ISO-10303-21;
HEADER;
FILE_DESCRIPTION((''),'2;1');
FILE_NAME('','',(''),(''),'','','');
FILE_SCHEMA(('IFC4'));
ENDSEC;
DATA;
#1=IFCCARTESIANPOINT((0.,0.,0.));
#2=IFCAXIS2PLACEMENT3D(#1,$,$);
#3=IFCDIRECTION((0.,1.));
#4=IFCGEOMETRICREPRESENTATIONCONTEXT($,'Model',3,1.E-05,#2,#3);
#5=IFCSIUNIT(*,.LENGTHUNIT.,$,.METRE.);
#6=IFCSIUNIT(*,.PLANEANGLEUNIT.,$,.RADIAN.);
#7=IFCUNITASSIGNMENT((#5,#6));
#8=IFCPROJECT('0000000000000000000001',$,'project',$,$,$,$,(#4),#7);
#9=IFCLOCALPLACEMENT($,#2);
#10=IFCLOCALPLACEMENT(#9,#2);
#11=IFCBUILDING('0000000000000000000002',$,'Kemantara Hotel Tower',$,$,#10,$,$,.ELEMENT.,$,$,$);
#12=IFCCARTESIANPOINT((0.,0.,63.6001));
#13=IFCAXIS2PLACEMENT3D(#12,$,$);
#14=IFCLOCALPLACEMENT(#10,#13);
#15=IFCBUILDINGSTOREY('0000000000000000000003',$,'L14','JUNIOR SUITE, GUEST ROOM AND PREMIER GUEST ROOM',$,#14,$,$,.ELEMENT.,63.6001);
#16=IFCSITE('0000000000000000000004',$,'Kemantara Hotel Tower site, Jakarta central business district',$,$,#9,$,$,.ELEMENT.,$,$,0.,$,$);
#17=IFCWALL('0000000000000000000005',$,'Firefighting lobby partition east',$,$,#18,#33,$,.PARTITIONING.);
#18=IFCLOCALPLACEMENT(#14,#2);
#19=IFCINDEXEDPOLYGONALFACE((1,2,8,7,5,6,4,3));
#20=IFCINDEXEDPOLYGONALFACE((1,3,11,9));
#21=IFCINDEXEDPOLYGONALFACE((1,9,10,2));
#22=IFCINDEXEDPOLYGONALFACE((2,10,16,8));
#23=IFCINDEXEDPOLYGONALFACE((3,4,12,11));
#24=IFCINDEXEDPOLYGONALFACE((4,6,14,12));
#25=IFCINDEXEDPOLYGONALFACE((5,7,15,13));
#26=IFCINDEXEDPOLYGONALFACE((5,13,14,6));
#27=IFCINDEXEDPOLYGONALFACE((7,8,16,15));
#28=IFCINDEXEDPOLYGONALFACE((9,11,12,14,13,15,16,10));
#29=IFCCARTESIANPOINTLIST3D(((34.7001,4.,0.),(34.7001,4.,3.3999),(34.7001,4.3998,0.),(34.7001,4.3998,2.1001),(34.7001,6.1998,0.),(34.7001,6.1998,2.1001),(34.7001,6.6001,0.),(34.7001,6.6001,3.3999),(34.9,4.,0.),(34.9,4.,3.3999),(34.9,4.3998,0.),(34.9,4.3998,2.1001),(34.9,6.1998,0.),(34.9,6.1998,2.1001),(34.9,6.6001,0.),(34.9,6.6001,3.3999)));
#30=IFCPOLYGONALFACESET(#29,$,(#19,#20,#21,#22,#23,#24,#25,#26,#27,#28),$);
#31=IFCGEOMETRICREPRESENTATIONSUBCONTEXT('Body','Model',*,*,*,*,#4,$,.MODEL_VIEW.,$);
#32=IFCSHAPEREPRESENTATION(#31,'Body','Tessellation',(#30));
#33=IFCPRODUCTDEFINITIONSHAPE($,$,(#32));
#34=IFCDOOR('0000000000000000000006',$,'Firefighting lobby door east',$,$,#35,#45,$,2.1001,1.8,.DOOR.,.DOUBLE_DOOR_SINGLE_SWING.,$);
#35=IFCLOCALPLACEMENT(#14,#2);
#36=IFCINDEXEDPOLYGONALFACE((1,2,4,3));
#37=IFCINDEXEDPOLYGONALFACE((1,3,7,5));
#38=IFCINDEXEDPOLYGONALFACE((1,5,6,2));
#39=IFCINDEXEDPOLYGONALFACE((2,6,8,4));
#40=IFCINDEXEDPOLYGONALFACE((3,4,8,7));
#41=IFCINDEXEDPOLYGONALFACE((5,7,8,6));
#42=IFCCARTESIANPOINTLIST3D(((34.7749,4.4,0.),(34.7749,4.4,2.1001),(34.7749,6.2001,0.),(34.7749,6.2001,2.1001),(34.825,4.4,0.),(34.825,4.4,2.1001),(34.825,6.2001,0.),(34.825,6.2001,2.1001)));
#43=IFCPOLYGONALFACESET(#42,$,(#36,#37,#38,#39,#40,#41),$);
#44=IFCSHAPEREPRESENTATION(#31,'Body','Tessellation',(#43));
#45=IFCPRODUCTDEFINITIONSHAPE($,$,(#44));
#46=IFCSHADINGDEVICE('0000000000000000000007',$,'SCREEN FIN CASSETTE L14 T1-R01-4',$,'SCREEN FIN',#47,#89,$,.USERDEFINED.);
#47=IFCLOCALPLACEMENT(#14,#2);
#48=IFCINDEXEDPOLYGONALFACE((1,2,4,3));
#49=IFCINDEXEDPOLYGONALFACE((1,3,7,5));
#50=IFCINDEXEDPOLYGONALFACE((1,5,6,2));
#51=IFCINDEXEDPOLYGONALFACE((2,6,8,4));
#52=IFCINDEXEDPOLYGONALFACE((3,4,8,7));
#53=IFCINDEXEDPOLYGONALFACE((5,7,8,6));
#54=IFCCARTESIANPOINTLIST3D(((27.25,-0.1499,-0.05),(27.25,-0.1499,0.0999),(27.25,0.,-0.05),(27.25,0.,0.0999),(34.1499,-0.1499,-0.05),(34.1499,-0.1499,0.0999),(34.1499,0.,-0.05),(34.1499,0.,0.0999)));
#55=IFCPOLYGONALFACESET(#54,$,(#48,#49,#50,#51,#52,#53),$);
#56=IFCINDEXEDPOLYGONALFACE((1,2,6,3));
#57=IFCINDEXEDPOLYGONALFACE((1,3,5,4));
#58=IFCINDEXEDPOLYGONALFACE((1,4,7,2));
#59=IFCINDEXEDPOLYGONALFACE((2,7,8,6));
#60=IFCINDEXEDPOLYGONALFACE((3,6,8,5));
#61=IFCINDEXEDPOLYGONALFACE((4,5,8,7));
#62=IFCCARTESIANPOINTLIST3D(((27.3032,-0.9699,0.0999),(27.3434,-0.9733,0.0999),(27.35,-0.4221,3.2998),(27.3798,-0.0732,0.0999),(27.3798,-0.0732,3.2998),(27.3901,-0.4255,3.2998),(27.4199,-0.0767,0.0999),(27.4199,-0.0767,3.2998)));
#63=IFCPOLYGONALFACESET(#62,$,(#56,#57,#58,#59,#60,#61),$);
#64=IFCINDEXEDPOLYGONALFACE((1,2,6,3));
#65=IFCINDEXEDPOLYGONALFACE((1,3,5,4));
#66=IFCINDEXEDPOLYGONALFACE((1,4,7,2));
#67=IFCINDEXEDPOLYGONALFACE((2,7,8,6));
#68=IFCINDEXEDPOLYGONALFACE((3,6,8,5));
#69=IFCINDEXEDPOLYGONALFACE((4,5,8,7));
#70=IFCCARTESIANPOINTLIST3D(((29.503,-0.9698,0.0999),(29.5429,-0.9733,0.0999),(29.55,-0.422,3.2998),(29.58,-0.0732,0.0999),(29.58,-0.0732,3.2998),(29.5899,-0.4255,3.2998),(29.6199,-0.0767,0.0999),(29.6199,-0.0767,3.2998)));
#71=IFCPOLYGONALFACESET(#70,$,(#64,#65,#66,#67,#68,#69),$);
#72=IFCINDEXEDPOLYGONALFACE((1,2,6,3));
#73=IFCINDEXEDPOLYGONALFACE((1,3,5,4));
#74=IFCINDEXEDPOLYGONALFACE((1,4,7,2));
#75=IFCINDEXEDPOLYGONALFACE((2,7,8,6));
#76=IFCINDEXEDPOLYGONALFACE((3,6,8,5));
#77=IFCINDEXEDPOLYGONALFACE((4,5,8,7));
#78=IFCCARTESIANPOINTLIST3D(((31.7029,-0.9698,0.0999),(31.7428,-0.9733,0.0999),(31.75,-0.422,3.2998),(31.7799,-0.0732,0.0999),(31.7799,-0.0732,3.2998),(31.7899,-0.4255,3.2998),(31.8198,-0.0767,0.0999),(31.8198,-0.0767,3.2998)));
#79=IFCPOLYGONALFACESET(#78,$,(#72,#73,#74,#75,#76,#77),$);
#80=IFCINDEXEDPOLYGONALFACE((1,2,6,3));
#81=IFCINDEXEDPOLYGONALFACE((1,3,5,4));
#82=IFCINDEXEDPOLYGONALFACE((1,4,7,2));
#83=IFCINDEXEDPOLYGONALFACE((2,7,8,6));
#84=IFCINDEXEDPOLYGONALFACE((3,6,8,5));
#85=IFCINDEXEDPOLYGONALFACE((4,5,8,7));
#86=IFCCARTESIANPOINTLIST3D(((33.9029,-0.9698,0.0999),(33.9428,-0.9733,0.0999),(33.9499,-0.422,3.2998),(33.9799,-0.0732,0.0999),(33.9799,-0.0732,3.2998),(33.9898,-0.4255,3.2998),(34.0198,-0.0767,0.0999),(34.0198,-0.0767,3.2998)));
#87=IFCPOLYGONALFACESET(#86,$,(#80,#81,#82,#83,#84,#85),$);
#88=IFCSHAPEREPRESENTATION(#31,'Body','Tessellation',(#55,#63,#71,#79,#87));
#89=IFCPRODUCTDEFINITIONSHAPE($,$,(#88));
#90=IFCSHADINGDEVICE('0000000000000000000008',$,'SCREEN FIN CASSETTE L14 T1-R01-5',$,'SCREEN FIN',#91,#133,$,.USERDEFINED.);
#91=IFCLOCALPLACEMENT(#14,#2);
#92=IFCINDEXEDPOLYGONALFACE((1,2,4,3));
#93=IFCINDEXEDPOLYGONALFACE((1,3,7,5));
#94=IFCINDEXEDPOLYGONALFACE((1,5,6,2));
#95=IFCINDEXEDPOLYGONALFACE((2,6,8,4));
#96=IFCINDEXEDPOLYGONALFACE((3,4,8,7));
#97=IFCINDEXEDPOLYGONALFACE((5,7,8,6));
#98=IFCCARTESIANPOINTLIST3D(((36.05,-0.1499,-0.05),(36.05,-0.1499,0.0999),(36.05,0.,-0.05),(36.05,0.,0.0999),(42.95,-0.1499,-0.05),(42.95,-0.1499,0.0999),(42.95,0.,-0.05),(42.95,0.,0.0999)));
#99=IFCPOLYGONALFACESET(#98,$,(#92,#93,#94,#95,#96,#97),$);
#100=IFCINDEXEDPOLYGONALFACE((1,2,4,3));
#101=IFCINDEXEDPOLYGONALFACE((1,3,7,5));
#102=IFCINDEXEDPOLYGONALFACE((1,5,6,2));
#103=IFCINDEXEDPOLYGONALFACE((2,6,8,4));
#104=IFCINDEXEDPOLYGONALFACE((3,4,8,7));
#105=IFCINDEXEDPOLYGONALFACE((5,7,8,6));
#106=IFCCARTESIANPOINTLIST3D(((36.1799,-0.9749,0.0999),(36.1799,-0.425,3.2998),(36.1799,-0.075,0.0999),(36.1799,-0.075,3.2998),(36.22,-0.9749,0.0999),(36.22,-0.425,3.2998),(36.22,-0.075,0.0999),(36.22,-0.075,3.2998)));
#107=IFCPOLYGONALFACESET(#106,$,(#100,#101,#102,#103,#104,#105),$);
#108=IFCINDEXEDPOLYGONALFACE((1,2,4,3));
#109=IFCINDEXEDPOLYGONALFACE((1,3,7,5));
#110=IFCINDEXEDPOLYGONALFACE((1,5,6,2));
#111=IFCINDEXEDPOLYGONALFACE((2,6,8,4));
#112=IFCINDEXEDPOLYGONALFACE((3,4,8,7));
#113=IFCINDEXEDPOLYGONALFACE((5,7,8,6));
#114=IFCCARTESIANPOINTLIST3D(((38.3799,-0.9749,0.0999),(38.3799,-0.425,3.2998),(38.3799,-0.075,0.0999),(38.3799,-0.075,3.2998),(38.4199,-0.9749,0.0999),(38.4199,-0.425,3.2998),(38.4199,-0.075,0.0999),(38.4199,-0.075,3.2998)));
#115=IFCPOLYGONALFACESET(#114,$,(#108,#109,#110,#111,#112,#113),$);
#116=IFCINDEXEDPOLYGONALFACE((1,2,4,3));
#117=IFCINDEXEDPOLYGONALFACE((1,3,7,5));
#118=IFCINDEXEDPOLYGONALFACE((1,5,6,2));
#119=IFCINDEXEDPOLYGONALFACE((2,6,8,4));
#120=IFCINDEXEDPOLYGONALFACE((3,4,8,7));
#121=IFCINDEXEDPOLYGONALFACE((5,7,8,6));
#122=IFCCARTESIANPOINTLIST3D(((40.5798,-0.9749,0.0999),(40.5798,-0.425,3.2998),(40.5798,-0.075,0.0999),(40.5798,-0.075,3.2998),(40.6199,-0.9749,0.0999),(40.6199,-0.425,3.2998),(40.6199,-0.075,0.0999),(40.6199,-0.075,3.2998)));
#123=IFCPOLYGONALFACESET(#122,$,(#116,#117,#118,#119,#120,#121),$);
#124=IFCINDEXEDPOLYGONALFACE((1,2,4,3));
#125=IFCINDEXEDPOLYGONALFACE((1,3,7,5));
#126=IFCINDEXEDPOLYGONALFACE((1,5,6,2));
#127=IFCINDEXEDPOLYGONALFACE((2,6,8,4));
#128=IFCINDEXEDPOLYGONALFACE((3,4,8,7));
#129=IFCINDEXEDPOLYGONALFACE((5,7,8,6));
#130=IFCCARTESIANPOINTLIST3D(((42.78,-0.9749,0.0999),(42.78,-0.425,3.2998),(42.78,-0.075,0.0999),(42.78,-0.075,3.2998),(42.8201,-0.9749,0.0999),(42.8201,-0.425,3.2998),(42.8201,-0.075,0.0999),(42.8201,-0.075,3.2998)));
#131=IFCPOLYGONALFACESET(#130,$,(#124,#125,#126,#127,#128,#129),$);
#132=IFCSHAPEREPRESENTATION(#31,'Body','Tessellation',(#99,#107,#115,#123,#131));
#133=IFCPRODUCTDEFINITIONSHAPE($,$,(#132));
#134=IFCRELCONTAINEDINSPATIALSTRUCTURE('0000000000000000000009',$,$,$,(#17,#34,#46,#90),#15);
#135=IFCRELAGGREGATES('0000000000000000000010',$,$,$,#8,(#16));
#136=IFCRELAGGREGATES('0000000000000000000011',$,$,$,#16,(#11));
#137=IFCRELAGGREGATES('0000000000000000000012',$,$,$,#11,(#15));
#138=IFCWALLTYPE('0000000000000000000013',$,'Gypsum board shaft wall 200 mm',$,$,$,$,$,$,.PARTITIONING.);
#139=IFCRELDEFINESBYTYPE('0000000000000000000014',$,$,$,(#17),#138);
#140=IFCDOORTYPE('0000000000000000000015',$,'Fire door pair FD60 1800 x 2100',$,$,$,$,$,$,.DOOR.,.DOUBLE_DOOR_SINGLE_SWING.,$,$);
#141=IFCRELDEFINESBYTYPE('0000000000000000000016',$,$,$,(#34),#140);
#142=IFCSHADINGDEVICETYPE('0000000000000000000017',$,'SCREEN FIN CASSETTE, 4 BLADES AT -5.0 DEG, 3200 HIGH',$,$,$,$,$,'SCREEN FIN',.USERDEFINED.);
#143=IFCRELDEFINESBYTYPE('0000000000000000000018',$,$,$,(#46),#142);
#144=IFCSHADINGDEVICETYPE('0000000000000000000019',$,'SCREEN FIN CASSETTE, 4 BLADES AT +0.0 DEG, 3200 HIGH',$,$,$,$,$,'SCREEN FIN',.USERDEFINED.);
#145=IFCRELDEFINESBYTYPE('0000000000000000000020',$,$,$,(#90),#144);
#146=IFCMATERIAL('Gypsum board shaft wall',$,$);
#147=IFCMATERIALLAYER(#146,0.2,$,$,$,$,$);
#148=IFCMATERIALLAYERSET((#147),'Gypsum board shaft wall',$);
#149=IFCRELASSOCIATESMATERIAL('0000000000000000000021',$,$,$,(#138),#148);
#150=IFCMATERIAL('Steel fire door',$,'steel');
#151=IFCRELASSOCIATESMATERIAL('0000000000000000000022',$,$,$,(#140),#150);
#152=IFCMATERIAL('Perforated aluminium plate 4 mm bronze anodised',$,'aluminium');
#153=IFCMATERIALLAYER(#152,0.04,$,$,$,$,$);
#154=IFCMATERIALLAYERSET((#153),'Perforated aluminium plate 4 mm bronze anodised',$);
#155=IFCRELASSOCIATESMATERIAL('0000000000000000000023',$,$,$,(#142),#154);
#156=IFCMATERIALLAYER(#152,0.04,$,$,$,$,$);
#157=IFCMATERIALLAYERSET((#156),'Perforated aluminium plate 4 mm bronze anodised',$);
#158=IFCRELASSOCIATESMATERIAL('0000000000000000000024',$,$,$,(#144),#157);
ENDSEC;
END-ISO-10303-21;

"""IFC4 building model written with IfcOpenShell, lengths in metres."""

from ifc_helpers import new_model, si_unit, direction, frame, frame_2d, origin, origin_2d, place, context, subcontext, project, spatial, polyline, rectangle, outline, extrude, source, transform, mapped, material, layer, layer_set, type_object, element, fill, save


model = new_model("IFC4")

# Units and contexts
model_context = context("Model", 3, precision=1e-05, world=origin(), true_north=direction((0.0, 1.0)))
body_context = subcontext(model_context, "Body", "Model", "MODEL_VIEW")
ifc_project = project(units=[si_unit("LENGTHUNIT", "METRE"), si_unit("PLANEANGLEUNIT", "RADIAN")], contexts=[model_context])

# Site, building, storey
site_placement = place(None, origin())
site = spatial("IfcSite", under=ifc_project, at=site_placement, Name="Kemantara Hotel Tower site, Jakarta central business district", CompositionType="ELEMENT", RefElevation=0.0)
building_placement = place(site_placement, origin())
building = spatial("IfcBuilding", under=site, at=building_placement, Name="Kemantara Hotel Tower", CompositionType="ELEMENT")
storey_placement = place(building_placement, frame((0.0, 0.0, 63.6001)))
storey = spatial("IfcBuildingStorey", under=building, at=storey_placement, Name="L14", Description="JUNIOR SUITE, GUEST ROOM AND PREMIER GUEST ROOM", CompositionType="ELEMENT", Elevation=63.6001)

# Shared definitions
ifc_material_1 = material(Name="Steel fire door", Category="steel")

# Wall, opening, door
ifc_material_2 = material(Name="Gypsum board shaft wall")
ifc_layer_1 = layer(ifc_material_2, 0.2)
ifc_layer_set_1 = layer_set([ifc_layer_1], Name="Gypsum board shaft wall")
wall_type_1 = type_object("IfcWallType", Name="Gypsum board shaft wall 200 mm", PredefinedType="PARTITIONING", material=ifc_layer_set_1)
wall_1_placement = place(storey_placement, frame((34.8, 4.0, 0.0), z_axis=(0.0, 0.0, 1.0), x_axis=(0.0, 1.0, 0.0)))
wall_1 = element("IfcWall", 1, at=wall_1_placement, inside=storey, type_object=wall_type_1, Name="Firefighting lobby partition east", PredefinedType="PARTITIONING", context=body_context, shape_type="SweptSolid", body=[
    extrude(rectangle(XDim=2.6001, YDim=0.2, at=frame_2d((1.3, 0.0))), origin(), (0.0, 0.0, 1.0), 3.3999),
])
opening_1_placement = place(wall_1_placement, frame((0.3999, 0.0, 0.0)))
opening_1 = element("IfcOpeningElement", 2, at=opening_1_placement, cuts=wall_1, PredefinedType="OPENING", context=body_context, shape_type="SweptSolid", body=[
    extrude(rectangle(XDim=1.8, YDim=2.1001, at=frame_2d((0.8999, 1.05))), frame((0.0, 0.1099, 0.0), z_axis=(0.0, -1.0, 0.0), x_axis=(1.0, 0.0, 0.0)), (0.0, 0.0, 1.0), 0.22),
])
door_type_1 = type_object("IfcDoorType", Name="Fire door pair FD60 1800 x 2100", OperationType="DOUBLE_DOOR_SINGLE_SWING", PredefinedType="DOOR", material=ifc_material_1)
door_1_placement = place(opening_1_placement, frame((1.8, 0.0, 0.0), z_axis=(0.0, 0.0, 1.0), x_axis=(-1.0, 0.0, 0.0)))
door_1 = element("IfcDoor", 3, at=door_1_placement, inside=storey, type_object=door_type_1, Name="Firefighting lobby door east", OperationType="DOUBLE_DOOR_SINGLE_SWING", OverallHeight=2.1001, OverallWidth=1.8, PredefinedType="DOOR", context=body_context, shape_type="SweptSolid", body=[
    extrude(rectangle(XDim=1.8, YDim=2.1001, at=frame_2d((0.8999, 1.05))), frame((0.0, 0.0249, 0.0), z_axis=(0.0, -1.0, 0.0), x_axis=(1.0, 0.0, 0.0)), (0.0, 0.0, 1.0), 0.05),
])
fill(opening_1, door_1)

# Shading devices
ifc_material_3 = material(Name="Perforated aluminium plate 4 mm bronze anodised", Category="aluminium")
ifc_layer_2 = layer(ifc_material_3, 0.04)
ifc_layer_set_2 = layer_set([ifc_layer_2], Name="Perforated aluminium plate 4 mm bronze anodised")
shading_device_type_1 = type_object("IfcShadingDeviceType", Name="SCREEN FIN CASSETTE, 4 BLADES AT -5.0 DEG, 3200 HIGH", ElementType="SCREEN FIN", PredefinedType="USERDEFINED", material=ifc_layer_set_2)
shared_shape_1 = source(origin(), body_context, "Body", "SweptSolid", [
    extrude(rectangle(XDim=6.8999, YDim=0.1499, at=origin_2d()), frame((3.3, -0.075, -0.1499), z_axis=(0.0, 0.0, 1.0), x_axis=(1.0, 0.0, 0.0)), (0.0, 0.0, 1.0), 0.1499),
    extrude(outline(polyline([(0.0, 0.0), (0.8999, 0.0), (0.3501, 3.2), (0.0, 3.2), (0.0, 0.0)])), frame((0.02, -0.0767, 0.0), z_axis=(-0.996376, 0.085056, 0.0), x_axis=(-0.085056, -0.996376, 0.0)), (0.0, 0.0, 1.0), 0.0403),
    extrude(outline(polyline([(0.0, 0.0), (0.8999, 0.0), (0.3501, 3.2), (0.0, 3.2), (0.0, 0.0)])), frame((2.22, -0.0767, 0.0), z_axis=(-0.996332, 0.085575, 0.0), x_axis=(-0.085575, -0.996332, 0.0)), (0.0, 0.0, 1.0), 0.04),
    extrude(outline(polyline([(0.0, 0.0), (0.8999, 0.0), (0.3501, 3.2), (0.0, 3.2), (0.0, 0.0)])), frame((4.4199, -0.0767, 0.0), z_axis=(-0.996332, 0.085575, 0.0), x_axis=(-0.085575, -0.996332, 0.0)), (0.0, 0.0, 1.0), 0.04),
    extrude(outline(polyline([(0.0, 0.0), (0.8999, 0.0), (0.3501, 3.2), (0.0, 3.2), (0.0, 0.0)])), frame((6.6199, -0.0767, 0.0), z_axis=(-0.996332, 0.085575, 0.0), x_axis=(-0.085575, -0.996332, 0.0)), (0.0, 0.0, 1.0), 0.04),
])
shading_device_1_placement = place(storey_placement, frame((27.3999, 0.0, 0.0999), z_axis=(0.0, 0.0, 1.0), x_axis=(1.0, 0.0, 0.0)))
element("IfcShadingDevice", 4, at=shading_device_1_placement, inside=storey, type_object=shading_device_type_1, Name="SCREEN FIN CASSETTE L14 T1-R01-4", ObjectType="SCREEN FIN", PredefinedType="USERDEFINED", context=body_context, shape_type="MappedRepresentation", body=[
    mapped(shared_shape_1, transform((0.0, 0.0, 0.0))),
])
ifc_layer_3 = layer(ifc_material_3, 0.04)
ifc_layer_set_3 = layer_set([ifc_layer_3], Name="Perforated aluminium plate 4 mm bronze anodised")
shading_device_type_2 = type_object("IfcShadingDeviceType", Name="SCREEN FIN CASSETTE, 4 BLADES AT +0.0 DEG, 3200 HIGH", ElementType="SCREEN FIN", PredefinedType="USERDEFINED", material=ifc_layer_set_3)
shared_shape_2 = source(origin(), body_context, "Body", "SweptSolid", [
    extrude(rectangle(XDim=6.8999, YDim=0.1499, at=origin_2d()), frame((3.3, -0.075, -0.1499), z_axis=(0.0, 0.0, 1.0), x_axis=(1.0, 0.0, 0.0)), (0.0, 0.0, 1.0), 0.1499),
    extrude(outline(polyline([(0.0, 0.0), (0.8999, 0.0), (0.3501, 3.2), (0.0, 3.2), (0.0, 0.0)])), frame((0.02, -0.075, 0.0), z_axis=(-1.0, 0.0, 0.0), x_axis=(0.0, -1.0, 0.0)), (0.0, 0.0, 1.0), 0.04),
    extrude(outline(polyline([(0.0, 0.0), (0.8999, 0.0), (0.3501, 3.2), (0.0, 3.2), (0.0, 0.0)])), frame((2.22, -0.075, 0.0), z_axis=(-1.0, 0.0, 0.0), x_axis=(0.0, -1.0, 0.0)), (0.0, 0.0, 1.0), 0.04),
    extrude(outline(polyline([(0.0, 0.0), (0.8999, 0.0), (0.3501, 3.2), (0.0, 3.2), (0.0, 0.0)])), frame((4.4199, -0.075, 0.0), z_axis=(-1.0, 0.0, 0.0), x_axis=(0.0, -1.0, 0.0)), (0.0, 0.0, 1.0), 0.04),
    extrude(outline(polyline([(0.0, 0.0), (0.8999, 0.0), (0.3501, 3.2), (0.0, 3.2), (0.0, 0.0)])), frame((6.6201, -0.075, 0.0), z_axis=(-1.0, 0.0, 0.0), x_axis=(0.0, -1.0, 0.0)), (0.0, 0.0, 1.0), 0.04),
])
shading_device_2_placement = place(storey_placement, frame((36.2, 0.0, 0.0999), z_axis=(0.0, 0.0, 1.0), x_axis=(1.0, 0.0, 0.0)))
element("IfcShadingDevice", 5, at=shading_device_2_placement, inside=storey, type_object=shading_device_type_2, Name="SCREEN FIN CASSETTE L14 T1-R01-5", ObjectType="SCREEN FIN", PredefinedType="USERDEFINED", context=body_context, shape_type="MappedRepresentation", body=[
    mapped(shared_shape_2, transform((0.0, 0.0, 0.0))),
])

save(model, "model.ifc")
